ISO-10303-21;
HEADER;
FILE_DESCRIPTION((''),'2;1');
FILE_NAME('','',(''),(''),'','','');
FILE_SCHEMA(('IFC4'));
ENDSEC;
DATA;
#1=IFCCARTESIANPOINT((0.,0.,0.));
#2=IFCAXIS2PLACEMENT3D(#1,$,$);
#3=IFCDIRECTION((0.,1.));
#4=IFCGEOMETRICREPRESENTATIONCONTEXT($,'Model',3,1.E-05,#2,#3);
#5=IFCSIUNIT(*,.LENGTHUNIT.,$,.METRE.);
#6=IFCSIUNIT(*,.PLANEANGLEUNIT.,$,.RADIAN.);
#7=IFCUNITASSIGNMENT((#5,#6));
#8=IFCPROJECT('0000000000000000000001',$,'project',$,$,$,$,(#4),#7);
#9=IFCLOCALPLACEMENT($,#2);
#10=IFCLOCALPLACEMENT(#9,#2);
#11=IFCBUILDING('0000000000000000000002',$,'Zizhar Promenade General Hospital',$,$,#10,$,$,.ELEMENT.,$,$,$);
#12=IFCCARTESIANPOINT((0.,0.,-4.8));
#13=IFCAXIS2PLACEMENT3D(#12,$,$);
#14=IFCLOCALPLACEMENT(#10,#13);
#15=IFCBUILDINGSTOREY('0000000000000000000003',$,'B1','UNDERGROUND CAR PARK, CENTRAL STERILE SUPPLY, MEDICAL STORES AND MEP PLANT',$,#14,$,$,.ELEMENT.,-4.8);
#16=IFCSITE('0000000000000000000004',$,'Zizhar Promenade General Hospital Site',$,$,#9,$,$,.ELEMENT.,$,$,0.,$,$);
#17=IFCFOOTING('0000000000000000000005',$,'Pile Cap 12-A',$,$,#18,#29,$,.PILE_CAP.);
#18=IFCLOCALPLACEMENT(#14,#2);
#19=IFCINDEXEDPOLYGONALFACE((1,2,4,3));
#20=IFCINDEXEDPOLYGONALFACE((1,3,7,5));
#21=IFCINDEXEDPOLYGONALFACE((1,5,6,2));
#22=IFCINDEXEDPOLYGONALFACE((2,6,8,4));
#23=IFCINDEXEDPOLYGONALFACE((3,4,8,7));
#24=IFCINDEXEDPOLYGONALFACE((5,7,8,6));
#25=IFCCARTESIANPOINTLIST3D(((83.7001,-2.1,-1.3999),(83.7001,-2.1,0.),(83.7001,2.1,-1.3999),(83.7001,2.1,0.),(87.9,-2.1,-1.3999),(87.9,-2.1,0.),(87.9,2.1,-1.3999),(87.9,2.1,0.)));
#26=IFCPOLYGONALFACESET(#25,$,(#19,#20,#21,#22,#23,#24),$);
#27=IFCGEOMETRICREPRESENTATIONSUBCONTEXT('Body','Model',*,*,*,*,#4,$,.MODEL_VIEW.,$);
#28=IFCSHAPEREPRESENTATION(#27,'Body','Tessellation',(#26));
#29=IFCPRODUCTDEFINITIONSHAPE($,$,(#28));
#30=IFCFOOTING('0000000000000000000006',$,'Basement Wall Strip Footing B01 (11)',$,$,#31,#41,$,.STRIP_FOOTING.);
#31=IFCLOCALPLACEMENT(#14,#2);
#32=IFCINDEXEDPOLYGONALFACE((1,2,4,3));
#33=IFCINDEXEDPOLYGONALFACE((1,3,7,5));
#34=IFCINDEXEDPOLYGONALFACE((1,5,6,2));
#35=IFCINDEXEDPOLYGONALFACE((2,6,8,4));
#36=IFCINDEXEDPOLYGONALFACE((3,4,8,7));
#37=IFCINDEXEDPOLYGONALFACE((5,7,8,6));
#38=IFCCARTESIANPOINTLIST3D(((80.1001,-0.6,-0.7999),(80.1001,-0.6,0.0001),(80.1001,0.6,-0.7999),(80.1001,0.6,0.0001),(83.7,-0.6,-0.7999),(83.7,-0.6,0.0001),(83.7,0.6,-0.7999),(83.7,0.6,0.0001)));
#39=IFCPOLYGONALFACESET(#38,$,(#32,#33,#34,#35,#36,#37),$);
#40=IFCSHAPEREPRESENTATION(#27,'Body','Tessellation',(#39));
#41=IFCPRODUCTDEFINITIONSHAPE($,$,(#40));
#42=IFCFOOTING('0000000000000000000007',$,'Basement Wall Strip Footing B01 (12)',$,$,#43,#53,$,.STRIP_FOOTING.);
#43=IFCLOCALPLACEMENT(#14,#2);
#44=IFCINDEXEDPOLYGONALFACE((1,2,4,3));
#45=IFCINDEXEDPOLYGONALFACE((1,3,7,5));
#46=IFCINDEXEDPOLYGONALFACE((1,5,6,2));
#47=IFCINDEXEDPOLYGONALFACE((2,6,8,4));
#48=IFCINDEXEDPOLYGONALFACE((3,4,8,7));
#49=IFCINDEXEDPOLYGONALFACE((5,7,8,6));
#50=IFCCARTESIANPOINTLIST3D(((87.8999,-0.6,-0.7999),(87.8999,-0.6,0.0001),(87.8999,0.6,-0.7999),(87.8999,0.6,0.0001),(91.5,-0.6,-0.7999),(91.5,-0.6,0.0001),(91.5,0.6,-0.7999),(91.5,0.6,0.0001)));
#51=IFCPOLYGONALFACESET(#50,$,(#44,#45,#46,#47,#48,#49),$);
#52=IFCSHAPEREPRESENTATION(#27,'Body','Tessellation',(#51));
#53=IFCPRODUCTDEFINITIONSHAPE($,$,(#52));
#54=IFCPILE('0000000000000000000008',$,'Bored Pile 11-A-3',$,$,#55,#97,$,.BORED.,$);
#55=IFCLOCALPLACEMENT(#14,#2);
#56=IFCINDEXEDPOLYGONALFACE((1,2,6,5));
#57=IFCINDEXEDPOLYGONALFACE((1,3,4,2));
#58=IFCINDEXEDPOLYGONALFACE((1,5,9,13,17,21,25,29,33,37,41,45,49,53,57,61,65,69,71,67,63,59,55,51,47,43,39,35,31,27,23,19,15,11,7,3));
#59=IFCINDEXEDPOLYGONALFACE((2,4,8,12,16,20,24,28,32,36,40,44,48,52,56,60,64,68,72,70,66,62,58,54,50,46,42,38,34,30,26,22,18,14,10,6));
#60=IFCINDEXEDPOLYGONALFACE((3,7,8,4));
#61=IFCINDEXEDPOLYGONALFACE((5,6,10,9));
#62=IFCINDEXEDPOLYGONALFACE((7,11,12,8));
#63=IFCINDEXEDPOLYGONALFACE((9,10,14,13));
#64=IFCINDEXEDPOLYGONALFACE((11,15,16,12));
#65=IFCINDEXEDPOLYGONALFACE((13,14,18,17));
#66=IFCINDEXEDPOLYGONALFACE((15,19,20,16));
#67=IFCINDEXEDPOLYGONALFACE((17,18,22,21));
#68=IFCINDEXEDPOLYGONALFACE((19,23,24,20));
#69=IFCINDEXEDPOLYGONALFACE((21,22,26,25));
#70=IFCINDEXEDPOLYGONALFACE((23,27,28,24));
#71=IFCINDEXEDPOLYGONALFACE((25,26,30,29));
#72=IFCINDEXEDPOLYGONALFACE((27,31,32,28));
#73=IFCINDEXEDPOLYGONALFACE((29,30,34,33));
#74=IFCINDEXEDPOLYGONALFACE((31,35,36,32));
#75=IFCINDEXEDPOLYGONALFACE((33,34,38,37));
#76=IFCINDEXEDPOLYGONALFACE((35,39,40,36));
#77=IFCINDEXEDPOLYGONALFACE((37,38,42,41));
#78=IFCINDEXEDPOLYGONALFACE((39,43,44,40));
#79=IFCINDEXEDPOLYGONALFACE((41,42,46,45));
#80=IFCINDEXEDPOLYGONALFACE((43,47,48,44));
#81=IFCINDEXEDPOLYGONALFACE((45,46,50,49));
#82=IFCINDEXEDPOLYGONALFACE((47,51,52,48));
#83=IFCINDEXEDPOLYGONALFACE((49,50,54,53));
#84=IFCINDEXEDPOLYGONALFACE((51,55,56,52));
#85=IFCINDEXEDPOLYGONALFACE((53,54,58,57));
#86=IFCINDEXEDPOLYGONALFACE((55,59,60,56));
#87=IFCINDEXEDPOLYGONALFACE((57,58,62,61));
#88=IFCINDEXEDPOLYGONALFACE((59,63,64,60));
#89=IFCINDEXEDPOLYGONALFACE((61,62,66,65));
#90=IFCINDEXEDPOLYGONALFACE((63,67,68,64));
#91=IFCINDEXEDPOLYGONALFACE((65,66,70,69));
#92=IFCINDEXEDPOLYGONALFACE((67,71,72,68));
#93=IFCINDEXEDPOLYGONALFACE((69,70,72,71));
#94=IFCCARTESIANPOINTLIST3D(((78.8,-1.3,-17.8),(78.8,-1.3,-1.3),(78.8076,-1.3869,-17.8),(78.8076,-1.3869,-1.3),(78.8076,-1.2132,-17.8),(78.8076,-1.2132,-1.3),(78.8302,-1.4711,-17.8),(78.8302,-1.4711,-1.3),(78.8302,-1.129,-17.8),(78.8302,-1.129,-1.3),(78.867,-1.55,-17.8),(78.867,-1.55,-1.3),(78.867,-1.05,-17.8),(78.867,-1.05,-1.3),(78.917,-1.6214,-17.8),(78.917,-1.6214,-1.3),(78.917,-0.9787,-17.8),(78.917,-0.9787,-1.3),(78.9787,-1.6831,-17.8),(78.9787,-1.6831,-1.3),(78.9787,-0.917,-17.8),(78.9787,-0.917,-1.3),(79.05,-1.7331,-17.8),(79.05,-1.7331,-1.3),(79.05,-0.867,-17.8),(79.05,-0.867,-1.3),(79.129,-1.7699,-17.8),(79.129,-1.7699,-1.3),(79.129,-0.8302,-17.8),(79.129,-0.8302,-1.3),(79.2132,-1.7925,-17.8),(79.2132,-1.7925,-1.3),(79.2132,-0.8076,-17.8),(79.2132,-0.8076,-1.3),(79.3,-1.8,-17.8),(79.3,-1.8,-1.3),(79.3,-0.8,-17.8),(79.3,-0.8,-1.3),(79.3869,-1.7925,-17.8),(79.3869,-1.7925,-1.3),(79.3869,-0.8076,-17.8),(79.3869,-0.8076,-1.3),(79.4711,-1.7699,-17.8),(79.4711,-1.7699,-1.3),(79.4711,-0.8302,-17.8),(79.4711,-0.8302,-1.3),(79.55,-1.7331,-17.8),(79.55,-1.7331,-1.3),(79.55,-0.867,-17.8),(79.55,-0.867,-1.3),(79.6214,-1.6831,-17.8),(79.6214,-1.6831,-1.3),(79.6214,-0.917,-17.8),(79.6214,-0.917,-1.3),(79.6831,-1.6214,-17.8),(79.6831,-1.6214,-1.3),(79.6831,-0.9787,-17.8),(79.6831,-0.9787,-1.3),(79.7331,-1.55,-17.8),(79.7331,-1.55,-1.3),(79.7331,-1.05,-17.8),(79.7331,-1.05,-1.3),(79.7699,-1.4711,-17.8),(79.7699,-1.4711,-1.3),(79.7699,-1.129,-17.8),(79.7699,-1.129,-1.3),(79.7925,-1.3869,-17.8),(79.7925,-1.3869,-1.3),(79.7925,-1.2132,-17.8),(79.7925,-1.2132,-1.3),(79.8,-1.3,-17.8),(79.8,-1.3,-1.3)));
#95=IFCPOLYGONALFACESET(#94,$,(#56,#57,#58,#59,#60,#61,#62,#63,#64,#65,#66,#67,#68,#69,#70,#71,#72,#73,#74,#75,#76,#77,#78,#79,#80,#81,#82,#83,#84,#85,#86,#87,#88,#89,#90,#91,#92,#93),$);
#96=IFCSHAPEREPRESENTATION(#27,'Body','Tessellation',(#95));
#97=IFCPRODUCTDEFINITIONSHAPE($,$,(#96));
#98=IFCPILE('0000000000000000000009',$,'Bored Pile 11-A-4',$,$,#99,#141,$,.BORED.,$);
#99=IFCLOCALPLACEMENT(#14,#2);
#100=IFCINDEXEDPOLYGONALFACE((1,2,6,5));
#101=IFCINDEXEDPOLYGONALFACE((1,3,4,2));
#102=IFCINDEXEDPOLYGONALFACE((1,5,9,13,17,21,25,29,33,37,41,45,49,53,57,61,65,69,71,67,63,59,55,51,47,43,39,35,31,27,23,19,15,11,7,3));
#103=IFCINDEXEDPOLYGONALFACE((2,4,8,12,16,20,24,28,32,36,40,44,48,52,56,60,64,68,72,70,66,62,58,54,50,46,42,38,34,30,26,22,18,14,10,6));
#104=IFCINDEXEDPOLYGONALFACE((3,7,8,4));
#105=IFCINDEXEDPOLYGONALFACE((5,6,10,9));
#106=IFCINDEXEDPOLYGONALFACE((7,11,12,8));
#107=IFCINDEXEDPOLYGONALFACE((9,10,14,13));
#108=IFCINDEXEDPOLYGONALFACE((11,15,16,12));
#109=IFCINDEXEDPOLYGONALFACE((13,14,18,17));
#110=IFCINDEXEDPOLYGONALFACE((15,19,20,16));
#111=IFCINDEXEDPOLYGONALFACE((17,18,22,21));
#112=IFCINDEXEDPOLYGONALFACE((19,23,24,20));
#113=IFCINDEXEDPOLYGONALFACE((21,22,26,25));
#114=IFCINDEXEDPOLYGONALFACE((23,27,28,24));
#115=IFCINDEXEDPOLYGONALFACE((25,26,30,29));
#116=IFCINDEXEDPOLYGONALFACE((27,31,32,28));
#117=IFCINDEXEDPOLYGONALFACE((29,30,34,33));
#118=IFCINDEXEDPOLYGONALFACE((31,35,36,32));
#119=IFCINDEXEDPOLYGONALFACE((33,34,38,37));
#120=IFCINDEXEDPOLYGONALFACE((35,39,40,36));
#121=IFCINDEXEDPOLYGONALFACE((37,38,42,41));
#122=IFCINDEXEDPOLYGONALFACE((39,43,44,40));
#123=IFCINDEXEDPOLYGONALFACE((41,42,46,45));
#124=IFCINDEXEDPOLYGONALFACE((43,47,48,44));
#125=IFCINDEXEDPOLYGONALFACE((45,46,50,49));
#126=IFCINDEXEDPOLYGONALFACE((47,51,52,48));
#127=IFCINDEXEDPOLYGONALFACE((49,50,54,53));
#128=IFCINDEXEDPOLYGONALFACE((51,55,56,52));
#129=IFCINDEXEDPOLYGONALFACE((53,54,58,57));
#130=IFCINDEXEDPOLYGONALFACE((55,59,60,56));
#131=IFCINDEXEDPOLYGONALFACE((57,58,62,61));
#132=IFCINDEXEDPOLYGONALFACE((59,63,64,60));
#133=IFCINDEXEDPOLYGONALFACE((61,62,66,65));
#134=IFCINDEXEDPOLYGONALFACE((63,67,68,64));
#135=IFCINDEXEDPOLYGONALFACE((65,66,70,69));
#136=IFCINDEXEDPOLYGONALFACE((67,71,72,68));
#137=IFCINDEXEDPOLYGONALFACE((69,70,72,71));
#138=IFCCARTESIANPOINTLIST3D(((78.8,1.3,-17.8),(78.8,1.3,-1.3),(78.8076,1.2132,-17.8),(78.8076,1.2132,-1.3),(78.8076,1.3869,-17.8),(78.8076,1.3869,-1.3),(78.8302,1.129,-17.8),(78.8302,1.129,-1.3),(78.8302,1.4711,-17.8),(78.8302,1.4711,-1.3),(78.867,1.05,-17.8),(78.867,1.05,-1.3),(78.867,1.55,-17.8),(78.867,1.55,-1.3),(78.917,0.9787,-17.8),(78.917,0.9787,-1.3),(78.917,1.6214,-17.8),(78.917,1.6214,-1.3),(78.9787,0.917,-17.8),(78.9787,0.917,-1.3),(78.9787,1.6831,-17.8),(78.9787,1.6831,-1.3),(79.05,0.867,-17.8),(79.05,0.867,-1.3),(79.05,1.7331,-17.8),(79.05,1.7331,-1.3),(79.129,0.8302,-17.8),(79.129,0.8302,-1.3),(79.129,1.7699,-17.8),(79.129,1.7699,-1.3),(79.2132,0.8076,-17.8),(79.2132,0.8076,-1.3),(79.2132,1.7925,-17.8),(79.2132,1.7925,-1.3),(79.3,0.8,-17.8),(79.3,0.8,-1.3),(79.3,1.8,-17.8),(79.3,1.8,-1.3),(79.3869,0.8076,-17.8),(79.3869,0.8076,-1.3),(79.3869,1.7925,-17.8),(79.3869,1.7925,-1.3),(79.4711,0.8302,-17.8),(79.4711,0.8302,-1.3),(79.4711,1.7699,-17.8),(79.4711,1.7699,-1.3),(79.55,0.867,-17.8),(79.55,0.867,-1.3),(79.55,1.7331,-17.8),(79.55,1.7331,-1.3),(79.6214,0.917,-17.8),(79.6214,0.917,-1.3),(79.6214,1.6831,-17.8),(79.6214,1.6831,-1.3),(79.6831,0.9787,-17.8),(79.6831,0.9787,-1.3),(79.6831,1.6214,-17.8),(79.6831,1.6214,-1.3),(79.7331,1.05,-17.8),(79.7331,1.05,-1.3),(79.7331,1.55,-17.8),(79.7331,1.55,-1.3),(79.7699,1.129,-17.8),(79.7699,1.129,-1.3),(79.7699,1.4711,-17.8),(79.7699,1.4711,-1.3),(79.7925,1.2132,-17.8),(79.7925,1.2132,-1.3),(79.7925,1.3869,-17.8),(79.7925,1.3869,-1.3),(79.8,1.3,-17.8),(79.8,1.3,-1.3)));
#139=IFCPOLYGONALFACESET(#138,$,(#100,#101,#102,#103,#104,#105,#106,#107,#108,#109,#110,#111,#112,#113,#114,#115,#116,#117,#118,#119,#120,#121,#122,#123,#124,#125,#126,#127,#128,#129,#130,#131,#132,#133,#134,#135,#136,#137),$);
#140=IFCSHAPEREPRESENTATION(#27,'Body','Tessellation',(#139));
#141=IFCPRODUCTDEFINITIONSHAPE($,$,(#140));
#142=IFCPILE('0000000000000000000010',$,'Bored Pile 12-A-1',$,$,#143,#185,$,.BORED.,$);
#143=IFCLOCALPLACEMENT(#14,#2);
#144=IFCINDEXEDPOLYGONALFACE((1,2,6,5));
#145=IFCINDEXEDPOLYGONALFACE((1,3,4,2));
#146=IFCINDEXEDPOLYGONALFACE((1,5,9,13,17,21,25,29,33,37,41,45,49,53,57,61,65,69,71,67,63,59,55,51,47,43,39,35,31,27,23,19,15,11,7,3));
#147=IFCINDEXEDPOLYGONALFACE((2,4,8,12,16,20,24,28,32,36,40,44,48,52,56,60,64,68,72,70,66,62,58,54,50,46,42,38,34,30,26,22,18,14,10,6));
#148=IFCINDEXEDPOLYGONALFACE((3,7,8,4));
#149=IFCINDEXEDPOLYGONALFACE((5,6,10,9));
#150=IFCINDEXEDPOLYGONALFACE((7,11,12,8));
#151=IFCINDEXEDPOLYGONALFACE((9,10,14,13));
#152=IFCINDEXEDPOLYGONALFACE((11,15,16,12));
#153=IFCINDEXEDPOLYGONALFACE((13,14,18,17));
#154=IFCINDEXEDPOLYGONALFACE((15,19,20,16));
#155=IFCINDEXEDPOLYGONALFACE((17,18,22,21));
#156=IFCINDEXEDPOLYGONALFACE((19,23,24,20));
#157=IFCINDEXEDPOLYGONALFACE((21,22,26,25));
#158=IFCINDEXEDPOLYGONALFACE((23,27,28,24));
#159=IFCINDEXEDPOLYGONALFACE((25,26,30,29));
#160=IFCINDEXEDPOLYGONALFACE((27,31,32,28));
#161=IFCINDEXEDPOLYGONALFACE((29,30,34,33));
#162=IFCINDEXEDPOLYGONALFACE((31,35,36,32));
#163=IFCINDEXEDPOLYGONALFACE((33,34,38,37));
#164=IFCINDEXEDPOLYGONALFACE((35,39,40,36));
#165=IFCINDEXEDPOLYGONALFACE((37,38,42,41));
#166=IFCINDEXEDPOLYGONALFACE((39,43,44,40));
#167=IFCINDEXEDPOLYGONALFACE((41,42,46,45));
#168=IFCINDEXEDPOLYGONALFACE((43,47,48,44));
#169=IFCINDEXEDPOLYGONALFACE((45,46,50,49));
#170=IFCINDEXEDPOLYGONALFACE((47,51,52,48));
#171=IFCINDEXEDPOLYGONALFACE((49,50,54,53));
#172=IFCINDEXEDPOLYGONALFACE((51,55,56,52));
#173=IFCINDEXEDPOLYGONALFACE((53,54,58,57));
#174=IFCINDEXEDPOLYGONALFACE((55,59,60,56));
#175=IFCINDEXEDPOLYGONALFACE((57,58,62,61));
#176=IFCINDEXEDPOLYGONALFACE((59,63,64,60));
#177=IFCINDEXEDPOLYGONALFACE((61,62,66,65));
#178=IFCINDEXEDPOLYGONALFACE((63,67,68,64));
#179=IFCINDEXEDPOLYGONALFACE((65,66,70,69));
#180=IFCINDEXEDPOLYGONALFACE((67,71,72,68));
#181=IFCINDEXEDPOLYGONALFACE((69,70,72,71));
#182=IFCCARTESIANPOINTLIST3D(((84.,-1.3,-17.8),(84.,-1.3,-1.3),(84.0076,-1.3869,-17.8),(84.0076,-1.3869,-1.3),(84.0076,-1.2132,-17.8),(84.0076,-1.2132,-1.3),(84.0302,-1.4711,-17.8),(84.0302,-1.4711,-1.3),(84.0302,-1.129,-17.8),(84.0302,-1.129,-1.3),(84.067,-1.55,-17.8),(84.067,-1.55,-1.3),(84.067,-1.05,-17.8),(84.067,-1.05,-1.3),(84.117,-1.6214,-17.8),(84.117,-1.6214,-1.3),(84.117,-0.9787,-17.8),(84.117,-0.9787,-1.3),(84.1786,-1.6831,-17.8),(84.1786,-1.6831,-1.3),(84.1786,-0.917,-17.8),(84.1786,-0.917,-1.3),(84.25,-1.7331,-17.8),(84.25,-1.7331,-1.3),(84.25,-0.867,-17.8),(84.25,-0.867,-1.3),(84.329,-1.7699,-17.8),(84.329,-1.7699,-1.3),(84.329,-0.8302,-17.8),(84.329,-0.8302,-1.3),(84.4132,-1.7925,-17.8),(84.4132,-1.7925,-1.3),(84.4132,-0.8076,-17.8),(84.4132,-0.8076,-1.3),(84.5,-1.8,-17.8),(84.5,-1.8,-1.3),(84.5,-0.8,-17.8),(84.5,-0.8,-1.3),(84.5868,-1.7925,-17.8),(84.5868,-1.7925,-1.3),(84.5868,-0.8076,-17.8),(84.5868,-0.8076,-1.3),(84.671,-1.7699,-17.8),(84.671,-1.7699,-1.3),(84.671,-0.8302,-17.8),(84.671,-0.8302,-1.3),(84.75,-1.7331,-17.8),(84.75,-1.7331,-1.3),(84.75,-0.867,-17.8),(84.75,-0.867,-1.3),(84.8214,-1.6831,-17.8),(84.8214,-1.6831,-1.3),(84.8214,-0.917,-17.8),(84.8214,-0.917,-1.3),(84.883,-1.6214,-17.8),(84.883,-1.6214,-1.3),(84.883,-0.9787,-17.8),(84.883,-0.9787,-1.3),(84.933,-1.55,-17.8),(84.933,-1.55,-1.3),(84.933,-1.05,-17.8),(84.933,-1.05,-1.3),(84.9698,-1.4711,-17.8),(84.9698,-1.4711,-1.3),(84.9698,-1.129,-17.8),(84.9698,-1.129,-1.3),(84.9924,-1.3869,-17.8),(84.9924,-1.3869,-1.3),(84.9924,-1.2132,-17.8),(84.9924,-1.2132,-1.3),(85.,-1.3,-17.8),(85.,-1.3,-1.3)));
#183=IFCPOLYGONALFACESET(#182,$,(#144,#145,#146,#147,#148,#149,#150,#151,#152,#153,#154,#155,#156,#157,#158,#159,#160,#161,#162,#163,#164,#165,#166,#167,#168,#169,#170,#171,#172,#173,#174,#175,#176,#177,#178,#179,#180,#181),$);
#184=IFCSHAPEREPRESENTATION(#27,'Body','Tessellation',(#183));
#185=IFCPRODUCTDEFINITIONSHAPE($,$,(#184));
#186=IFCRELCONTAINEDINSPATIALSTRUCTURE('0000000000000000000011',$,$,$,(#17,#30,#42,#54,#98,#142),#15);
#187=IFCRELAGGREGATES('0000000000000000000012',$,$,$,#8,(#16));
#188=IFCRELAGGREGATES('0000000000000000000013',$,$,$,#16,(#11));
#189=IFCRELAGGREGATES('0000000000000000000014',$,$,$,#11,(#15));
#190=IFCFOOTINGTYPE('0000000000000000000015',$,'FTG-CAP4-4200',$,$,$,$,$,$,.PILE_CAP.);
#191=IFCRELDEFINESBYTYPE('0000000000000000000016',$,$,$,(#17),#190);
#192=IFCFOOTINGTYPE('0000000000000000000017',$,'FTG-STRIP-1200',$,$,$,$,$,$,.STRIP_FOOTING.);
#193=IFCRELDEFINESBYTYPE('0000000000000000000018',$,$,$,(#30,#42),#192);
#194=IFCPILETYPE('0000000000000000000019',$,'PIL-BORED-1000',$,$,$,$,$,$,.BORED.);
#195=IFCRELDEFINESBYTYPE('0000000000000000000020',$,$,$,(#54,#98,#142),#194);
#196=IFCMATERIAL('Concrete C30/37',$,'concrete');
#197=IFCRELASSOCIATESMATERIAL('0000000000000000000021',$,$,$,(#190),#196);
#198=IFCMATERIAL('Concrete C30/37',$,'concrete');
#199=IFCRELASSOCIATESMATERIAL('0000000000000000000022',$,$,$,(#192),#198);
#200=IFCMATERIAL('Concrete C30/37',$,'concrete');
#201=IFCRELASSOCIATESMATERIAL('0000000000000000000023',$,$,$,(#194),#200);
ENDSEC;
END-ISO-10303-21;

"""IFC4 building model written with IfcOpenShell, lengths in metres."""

from ifc_helpers import new_model, si_unit, direction, frame, origin, origin_2d, place, context, subcontext, project, spatial, rectangle, circle, extrude, material, material_profile, profile_set, type_object, element, save


model = new_model("IFC4")

# Units and contexts
model_context = context("Model", 3, precision=1e-05, world=origin(), true_north=direction((0.0, 1.0)))
body_context = subcontext(model_context, "Body", "Model", "MODEL_VIEW")
ifc_project = project(units=[si_unit("LENGTHUNIT", "METRE"), si_unit("PLANEANGLEUNIT", "RADIAN")], contexts=[model_context])

# Site, building, storey
site_placement = place(None, origin())
site = spatial("IfcSite", under=ifc_project, at=site_placement, Name="Zizhar Promenade General Hospital Site", CompositionType="ELEMENT", RefElevation=0.0)
building_placement = place(site_placement, origin())
building = spatial("IfcBuilding", under=site, at=building_placement, Name="Zizhar Promenade General Hospital", CompositionType="ELEMENT")
storey_placement = place(building_placement, frame((0.0, 0.0, -4.8)))
storey = spatial("IfcBuildingStorey", under=building, at=storey_placement, Name="B1", Description="UNDERGROUND CAR PARK, CENTRAL STERILE SUPPLY, MEDICAL STORES AND MEP PLANT", CompositionType="ELEMENT", Elevation=-4.8)

# Footings
ifc_material_1 = material(Name="Concrete C30/37", Category="concrete")
footing_type_1 = type_object("IfcFootingType", Name="FTG-CAP4-4200", PredefinedType="PILE_CAP", material=ifc_material_1)
footing_1_placement = place(storey_placement, frame((85.8, 0.0, -1.3999), z_axis=(0.0, 0.0, 1.0), x_axis=(1.0, 0.0, 0.0)))
element("IfcFooting", 1, at=footing_1_placement, inside=storey, type_object=footing_type_1, Name="Pile Cap 12-A", PredefinedType="PILE_CAP", context=body_context, shape_type="SweptSolid", body=[
    extrude(rectangle(XDim=4.2, YDim=4.2, at=origin_2d()), origin(), (0.0, 0.0, 1.0), 1.3999),
])
ifc_material_2 = material(Name="Concrete C30/37", Category="concrete")
ifc_material_profile_1 = material_profile(ifc_material_2, rectangle(XDim=1.2, YDim=0.8, at=origin_2d()))
ifc_profile_set_1 = profile_set([ifc_material_profile_1], Name="Concrete C30/37")
footing_type_2 = type_object("IfcFootingType", Name="FTG-STRIP-1200", PredefinedType="STRIP_FOOTING", material=ifc_profile_set_1)
footing_2_placement = place(storey_placement, frame((80.1001, 0.0, -0.3999), z_axis=(1.0, 0.0, 0.0), x_axis=(0.0, 1.0, 0.0)))
element("IfcFooting", 2, at=footing_2_placement, inside=storey, type_object=footing_type_2, Name="Basement Wall Strip Footing B01 (11)", PredefinedType="STRIP_FOOTING", context=body_context, shape_type="SweptSolid", body=[
    extrude(rectangle(XDim=1.2, YDim=0.8, at=origin_2d()), origin(), (0.0, 0.0, 1.0), 3.5999),
])
footing_3_placement = place(storey_placement, frame((87.8999, 0.0, -0.3999), z_axis=(1.0, 0.0, 0.0), x_axis=(0.0, 1.0, 0.0)))
element("IfcFooting", 3, at=footing_3_placement, inside=storey, type_object=footing_type_2, Name="Basement Wall Strip Footing B01 (12)", PredefinedType="STRIP_FOOTING", context=body_context, shape_type="SweptSolid", body=[
    extrude(rectangle(XDim=1.2, YDim=0.8, at=origin_2d()), origin(), (0.0, 0.0, 1.0), 3.6001),
])

# Piles
ifc_material_3 = material(Name="Concrete C30/37", Category="concrete")
ifc_material_profile_2 = material_profile(ifc_material_3, circle(Radius=0.5, at=origin_2d()))
ifc_profile_set_2 = profile_set([ifc_material_profile_2], Name="Concrete C30/37")
pile_type = type_object("IfcPileType", Name="PIL-BORED-1000", PredefinedType="BORED", material=ifc_profile_set_2)
for number, where, z_axis, x_axis, name in (
    (4, (79.3, -1.3, -1.3), (0.0, 0.0, -1.0), (1.0, 0.0, 0.0), "Bored Pile 11-A-3"),
    (5, (79.3, 1.3, -1.3), (0.0, 0.0, -1.0), (1.0, 0.0, 0.0), "Bored Pile 11-A-4"),
    (6, (84.5, -1.3, -1.3), (0.0, 0.0, -1.0), (1.0, 0.0, 0.0), "Bored Pile 12-A-1"),
):
    element("IfcPile", number, at=place(storey_placement, frame(where, z_axis=z_axis, x_axis=x_axis)), inside=storey, type_object=pile_type, Name=name, PredefinedType="BORED", context=body_context, shape_type="SweptSolid", body=[
        extrude(circle(Radius=0.5, at=origin_2d()), origin(), (0.0, 0.0, 1.0), 16.5),
    ])

save(model, "model.ifc")
